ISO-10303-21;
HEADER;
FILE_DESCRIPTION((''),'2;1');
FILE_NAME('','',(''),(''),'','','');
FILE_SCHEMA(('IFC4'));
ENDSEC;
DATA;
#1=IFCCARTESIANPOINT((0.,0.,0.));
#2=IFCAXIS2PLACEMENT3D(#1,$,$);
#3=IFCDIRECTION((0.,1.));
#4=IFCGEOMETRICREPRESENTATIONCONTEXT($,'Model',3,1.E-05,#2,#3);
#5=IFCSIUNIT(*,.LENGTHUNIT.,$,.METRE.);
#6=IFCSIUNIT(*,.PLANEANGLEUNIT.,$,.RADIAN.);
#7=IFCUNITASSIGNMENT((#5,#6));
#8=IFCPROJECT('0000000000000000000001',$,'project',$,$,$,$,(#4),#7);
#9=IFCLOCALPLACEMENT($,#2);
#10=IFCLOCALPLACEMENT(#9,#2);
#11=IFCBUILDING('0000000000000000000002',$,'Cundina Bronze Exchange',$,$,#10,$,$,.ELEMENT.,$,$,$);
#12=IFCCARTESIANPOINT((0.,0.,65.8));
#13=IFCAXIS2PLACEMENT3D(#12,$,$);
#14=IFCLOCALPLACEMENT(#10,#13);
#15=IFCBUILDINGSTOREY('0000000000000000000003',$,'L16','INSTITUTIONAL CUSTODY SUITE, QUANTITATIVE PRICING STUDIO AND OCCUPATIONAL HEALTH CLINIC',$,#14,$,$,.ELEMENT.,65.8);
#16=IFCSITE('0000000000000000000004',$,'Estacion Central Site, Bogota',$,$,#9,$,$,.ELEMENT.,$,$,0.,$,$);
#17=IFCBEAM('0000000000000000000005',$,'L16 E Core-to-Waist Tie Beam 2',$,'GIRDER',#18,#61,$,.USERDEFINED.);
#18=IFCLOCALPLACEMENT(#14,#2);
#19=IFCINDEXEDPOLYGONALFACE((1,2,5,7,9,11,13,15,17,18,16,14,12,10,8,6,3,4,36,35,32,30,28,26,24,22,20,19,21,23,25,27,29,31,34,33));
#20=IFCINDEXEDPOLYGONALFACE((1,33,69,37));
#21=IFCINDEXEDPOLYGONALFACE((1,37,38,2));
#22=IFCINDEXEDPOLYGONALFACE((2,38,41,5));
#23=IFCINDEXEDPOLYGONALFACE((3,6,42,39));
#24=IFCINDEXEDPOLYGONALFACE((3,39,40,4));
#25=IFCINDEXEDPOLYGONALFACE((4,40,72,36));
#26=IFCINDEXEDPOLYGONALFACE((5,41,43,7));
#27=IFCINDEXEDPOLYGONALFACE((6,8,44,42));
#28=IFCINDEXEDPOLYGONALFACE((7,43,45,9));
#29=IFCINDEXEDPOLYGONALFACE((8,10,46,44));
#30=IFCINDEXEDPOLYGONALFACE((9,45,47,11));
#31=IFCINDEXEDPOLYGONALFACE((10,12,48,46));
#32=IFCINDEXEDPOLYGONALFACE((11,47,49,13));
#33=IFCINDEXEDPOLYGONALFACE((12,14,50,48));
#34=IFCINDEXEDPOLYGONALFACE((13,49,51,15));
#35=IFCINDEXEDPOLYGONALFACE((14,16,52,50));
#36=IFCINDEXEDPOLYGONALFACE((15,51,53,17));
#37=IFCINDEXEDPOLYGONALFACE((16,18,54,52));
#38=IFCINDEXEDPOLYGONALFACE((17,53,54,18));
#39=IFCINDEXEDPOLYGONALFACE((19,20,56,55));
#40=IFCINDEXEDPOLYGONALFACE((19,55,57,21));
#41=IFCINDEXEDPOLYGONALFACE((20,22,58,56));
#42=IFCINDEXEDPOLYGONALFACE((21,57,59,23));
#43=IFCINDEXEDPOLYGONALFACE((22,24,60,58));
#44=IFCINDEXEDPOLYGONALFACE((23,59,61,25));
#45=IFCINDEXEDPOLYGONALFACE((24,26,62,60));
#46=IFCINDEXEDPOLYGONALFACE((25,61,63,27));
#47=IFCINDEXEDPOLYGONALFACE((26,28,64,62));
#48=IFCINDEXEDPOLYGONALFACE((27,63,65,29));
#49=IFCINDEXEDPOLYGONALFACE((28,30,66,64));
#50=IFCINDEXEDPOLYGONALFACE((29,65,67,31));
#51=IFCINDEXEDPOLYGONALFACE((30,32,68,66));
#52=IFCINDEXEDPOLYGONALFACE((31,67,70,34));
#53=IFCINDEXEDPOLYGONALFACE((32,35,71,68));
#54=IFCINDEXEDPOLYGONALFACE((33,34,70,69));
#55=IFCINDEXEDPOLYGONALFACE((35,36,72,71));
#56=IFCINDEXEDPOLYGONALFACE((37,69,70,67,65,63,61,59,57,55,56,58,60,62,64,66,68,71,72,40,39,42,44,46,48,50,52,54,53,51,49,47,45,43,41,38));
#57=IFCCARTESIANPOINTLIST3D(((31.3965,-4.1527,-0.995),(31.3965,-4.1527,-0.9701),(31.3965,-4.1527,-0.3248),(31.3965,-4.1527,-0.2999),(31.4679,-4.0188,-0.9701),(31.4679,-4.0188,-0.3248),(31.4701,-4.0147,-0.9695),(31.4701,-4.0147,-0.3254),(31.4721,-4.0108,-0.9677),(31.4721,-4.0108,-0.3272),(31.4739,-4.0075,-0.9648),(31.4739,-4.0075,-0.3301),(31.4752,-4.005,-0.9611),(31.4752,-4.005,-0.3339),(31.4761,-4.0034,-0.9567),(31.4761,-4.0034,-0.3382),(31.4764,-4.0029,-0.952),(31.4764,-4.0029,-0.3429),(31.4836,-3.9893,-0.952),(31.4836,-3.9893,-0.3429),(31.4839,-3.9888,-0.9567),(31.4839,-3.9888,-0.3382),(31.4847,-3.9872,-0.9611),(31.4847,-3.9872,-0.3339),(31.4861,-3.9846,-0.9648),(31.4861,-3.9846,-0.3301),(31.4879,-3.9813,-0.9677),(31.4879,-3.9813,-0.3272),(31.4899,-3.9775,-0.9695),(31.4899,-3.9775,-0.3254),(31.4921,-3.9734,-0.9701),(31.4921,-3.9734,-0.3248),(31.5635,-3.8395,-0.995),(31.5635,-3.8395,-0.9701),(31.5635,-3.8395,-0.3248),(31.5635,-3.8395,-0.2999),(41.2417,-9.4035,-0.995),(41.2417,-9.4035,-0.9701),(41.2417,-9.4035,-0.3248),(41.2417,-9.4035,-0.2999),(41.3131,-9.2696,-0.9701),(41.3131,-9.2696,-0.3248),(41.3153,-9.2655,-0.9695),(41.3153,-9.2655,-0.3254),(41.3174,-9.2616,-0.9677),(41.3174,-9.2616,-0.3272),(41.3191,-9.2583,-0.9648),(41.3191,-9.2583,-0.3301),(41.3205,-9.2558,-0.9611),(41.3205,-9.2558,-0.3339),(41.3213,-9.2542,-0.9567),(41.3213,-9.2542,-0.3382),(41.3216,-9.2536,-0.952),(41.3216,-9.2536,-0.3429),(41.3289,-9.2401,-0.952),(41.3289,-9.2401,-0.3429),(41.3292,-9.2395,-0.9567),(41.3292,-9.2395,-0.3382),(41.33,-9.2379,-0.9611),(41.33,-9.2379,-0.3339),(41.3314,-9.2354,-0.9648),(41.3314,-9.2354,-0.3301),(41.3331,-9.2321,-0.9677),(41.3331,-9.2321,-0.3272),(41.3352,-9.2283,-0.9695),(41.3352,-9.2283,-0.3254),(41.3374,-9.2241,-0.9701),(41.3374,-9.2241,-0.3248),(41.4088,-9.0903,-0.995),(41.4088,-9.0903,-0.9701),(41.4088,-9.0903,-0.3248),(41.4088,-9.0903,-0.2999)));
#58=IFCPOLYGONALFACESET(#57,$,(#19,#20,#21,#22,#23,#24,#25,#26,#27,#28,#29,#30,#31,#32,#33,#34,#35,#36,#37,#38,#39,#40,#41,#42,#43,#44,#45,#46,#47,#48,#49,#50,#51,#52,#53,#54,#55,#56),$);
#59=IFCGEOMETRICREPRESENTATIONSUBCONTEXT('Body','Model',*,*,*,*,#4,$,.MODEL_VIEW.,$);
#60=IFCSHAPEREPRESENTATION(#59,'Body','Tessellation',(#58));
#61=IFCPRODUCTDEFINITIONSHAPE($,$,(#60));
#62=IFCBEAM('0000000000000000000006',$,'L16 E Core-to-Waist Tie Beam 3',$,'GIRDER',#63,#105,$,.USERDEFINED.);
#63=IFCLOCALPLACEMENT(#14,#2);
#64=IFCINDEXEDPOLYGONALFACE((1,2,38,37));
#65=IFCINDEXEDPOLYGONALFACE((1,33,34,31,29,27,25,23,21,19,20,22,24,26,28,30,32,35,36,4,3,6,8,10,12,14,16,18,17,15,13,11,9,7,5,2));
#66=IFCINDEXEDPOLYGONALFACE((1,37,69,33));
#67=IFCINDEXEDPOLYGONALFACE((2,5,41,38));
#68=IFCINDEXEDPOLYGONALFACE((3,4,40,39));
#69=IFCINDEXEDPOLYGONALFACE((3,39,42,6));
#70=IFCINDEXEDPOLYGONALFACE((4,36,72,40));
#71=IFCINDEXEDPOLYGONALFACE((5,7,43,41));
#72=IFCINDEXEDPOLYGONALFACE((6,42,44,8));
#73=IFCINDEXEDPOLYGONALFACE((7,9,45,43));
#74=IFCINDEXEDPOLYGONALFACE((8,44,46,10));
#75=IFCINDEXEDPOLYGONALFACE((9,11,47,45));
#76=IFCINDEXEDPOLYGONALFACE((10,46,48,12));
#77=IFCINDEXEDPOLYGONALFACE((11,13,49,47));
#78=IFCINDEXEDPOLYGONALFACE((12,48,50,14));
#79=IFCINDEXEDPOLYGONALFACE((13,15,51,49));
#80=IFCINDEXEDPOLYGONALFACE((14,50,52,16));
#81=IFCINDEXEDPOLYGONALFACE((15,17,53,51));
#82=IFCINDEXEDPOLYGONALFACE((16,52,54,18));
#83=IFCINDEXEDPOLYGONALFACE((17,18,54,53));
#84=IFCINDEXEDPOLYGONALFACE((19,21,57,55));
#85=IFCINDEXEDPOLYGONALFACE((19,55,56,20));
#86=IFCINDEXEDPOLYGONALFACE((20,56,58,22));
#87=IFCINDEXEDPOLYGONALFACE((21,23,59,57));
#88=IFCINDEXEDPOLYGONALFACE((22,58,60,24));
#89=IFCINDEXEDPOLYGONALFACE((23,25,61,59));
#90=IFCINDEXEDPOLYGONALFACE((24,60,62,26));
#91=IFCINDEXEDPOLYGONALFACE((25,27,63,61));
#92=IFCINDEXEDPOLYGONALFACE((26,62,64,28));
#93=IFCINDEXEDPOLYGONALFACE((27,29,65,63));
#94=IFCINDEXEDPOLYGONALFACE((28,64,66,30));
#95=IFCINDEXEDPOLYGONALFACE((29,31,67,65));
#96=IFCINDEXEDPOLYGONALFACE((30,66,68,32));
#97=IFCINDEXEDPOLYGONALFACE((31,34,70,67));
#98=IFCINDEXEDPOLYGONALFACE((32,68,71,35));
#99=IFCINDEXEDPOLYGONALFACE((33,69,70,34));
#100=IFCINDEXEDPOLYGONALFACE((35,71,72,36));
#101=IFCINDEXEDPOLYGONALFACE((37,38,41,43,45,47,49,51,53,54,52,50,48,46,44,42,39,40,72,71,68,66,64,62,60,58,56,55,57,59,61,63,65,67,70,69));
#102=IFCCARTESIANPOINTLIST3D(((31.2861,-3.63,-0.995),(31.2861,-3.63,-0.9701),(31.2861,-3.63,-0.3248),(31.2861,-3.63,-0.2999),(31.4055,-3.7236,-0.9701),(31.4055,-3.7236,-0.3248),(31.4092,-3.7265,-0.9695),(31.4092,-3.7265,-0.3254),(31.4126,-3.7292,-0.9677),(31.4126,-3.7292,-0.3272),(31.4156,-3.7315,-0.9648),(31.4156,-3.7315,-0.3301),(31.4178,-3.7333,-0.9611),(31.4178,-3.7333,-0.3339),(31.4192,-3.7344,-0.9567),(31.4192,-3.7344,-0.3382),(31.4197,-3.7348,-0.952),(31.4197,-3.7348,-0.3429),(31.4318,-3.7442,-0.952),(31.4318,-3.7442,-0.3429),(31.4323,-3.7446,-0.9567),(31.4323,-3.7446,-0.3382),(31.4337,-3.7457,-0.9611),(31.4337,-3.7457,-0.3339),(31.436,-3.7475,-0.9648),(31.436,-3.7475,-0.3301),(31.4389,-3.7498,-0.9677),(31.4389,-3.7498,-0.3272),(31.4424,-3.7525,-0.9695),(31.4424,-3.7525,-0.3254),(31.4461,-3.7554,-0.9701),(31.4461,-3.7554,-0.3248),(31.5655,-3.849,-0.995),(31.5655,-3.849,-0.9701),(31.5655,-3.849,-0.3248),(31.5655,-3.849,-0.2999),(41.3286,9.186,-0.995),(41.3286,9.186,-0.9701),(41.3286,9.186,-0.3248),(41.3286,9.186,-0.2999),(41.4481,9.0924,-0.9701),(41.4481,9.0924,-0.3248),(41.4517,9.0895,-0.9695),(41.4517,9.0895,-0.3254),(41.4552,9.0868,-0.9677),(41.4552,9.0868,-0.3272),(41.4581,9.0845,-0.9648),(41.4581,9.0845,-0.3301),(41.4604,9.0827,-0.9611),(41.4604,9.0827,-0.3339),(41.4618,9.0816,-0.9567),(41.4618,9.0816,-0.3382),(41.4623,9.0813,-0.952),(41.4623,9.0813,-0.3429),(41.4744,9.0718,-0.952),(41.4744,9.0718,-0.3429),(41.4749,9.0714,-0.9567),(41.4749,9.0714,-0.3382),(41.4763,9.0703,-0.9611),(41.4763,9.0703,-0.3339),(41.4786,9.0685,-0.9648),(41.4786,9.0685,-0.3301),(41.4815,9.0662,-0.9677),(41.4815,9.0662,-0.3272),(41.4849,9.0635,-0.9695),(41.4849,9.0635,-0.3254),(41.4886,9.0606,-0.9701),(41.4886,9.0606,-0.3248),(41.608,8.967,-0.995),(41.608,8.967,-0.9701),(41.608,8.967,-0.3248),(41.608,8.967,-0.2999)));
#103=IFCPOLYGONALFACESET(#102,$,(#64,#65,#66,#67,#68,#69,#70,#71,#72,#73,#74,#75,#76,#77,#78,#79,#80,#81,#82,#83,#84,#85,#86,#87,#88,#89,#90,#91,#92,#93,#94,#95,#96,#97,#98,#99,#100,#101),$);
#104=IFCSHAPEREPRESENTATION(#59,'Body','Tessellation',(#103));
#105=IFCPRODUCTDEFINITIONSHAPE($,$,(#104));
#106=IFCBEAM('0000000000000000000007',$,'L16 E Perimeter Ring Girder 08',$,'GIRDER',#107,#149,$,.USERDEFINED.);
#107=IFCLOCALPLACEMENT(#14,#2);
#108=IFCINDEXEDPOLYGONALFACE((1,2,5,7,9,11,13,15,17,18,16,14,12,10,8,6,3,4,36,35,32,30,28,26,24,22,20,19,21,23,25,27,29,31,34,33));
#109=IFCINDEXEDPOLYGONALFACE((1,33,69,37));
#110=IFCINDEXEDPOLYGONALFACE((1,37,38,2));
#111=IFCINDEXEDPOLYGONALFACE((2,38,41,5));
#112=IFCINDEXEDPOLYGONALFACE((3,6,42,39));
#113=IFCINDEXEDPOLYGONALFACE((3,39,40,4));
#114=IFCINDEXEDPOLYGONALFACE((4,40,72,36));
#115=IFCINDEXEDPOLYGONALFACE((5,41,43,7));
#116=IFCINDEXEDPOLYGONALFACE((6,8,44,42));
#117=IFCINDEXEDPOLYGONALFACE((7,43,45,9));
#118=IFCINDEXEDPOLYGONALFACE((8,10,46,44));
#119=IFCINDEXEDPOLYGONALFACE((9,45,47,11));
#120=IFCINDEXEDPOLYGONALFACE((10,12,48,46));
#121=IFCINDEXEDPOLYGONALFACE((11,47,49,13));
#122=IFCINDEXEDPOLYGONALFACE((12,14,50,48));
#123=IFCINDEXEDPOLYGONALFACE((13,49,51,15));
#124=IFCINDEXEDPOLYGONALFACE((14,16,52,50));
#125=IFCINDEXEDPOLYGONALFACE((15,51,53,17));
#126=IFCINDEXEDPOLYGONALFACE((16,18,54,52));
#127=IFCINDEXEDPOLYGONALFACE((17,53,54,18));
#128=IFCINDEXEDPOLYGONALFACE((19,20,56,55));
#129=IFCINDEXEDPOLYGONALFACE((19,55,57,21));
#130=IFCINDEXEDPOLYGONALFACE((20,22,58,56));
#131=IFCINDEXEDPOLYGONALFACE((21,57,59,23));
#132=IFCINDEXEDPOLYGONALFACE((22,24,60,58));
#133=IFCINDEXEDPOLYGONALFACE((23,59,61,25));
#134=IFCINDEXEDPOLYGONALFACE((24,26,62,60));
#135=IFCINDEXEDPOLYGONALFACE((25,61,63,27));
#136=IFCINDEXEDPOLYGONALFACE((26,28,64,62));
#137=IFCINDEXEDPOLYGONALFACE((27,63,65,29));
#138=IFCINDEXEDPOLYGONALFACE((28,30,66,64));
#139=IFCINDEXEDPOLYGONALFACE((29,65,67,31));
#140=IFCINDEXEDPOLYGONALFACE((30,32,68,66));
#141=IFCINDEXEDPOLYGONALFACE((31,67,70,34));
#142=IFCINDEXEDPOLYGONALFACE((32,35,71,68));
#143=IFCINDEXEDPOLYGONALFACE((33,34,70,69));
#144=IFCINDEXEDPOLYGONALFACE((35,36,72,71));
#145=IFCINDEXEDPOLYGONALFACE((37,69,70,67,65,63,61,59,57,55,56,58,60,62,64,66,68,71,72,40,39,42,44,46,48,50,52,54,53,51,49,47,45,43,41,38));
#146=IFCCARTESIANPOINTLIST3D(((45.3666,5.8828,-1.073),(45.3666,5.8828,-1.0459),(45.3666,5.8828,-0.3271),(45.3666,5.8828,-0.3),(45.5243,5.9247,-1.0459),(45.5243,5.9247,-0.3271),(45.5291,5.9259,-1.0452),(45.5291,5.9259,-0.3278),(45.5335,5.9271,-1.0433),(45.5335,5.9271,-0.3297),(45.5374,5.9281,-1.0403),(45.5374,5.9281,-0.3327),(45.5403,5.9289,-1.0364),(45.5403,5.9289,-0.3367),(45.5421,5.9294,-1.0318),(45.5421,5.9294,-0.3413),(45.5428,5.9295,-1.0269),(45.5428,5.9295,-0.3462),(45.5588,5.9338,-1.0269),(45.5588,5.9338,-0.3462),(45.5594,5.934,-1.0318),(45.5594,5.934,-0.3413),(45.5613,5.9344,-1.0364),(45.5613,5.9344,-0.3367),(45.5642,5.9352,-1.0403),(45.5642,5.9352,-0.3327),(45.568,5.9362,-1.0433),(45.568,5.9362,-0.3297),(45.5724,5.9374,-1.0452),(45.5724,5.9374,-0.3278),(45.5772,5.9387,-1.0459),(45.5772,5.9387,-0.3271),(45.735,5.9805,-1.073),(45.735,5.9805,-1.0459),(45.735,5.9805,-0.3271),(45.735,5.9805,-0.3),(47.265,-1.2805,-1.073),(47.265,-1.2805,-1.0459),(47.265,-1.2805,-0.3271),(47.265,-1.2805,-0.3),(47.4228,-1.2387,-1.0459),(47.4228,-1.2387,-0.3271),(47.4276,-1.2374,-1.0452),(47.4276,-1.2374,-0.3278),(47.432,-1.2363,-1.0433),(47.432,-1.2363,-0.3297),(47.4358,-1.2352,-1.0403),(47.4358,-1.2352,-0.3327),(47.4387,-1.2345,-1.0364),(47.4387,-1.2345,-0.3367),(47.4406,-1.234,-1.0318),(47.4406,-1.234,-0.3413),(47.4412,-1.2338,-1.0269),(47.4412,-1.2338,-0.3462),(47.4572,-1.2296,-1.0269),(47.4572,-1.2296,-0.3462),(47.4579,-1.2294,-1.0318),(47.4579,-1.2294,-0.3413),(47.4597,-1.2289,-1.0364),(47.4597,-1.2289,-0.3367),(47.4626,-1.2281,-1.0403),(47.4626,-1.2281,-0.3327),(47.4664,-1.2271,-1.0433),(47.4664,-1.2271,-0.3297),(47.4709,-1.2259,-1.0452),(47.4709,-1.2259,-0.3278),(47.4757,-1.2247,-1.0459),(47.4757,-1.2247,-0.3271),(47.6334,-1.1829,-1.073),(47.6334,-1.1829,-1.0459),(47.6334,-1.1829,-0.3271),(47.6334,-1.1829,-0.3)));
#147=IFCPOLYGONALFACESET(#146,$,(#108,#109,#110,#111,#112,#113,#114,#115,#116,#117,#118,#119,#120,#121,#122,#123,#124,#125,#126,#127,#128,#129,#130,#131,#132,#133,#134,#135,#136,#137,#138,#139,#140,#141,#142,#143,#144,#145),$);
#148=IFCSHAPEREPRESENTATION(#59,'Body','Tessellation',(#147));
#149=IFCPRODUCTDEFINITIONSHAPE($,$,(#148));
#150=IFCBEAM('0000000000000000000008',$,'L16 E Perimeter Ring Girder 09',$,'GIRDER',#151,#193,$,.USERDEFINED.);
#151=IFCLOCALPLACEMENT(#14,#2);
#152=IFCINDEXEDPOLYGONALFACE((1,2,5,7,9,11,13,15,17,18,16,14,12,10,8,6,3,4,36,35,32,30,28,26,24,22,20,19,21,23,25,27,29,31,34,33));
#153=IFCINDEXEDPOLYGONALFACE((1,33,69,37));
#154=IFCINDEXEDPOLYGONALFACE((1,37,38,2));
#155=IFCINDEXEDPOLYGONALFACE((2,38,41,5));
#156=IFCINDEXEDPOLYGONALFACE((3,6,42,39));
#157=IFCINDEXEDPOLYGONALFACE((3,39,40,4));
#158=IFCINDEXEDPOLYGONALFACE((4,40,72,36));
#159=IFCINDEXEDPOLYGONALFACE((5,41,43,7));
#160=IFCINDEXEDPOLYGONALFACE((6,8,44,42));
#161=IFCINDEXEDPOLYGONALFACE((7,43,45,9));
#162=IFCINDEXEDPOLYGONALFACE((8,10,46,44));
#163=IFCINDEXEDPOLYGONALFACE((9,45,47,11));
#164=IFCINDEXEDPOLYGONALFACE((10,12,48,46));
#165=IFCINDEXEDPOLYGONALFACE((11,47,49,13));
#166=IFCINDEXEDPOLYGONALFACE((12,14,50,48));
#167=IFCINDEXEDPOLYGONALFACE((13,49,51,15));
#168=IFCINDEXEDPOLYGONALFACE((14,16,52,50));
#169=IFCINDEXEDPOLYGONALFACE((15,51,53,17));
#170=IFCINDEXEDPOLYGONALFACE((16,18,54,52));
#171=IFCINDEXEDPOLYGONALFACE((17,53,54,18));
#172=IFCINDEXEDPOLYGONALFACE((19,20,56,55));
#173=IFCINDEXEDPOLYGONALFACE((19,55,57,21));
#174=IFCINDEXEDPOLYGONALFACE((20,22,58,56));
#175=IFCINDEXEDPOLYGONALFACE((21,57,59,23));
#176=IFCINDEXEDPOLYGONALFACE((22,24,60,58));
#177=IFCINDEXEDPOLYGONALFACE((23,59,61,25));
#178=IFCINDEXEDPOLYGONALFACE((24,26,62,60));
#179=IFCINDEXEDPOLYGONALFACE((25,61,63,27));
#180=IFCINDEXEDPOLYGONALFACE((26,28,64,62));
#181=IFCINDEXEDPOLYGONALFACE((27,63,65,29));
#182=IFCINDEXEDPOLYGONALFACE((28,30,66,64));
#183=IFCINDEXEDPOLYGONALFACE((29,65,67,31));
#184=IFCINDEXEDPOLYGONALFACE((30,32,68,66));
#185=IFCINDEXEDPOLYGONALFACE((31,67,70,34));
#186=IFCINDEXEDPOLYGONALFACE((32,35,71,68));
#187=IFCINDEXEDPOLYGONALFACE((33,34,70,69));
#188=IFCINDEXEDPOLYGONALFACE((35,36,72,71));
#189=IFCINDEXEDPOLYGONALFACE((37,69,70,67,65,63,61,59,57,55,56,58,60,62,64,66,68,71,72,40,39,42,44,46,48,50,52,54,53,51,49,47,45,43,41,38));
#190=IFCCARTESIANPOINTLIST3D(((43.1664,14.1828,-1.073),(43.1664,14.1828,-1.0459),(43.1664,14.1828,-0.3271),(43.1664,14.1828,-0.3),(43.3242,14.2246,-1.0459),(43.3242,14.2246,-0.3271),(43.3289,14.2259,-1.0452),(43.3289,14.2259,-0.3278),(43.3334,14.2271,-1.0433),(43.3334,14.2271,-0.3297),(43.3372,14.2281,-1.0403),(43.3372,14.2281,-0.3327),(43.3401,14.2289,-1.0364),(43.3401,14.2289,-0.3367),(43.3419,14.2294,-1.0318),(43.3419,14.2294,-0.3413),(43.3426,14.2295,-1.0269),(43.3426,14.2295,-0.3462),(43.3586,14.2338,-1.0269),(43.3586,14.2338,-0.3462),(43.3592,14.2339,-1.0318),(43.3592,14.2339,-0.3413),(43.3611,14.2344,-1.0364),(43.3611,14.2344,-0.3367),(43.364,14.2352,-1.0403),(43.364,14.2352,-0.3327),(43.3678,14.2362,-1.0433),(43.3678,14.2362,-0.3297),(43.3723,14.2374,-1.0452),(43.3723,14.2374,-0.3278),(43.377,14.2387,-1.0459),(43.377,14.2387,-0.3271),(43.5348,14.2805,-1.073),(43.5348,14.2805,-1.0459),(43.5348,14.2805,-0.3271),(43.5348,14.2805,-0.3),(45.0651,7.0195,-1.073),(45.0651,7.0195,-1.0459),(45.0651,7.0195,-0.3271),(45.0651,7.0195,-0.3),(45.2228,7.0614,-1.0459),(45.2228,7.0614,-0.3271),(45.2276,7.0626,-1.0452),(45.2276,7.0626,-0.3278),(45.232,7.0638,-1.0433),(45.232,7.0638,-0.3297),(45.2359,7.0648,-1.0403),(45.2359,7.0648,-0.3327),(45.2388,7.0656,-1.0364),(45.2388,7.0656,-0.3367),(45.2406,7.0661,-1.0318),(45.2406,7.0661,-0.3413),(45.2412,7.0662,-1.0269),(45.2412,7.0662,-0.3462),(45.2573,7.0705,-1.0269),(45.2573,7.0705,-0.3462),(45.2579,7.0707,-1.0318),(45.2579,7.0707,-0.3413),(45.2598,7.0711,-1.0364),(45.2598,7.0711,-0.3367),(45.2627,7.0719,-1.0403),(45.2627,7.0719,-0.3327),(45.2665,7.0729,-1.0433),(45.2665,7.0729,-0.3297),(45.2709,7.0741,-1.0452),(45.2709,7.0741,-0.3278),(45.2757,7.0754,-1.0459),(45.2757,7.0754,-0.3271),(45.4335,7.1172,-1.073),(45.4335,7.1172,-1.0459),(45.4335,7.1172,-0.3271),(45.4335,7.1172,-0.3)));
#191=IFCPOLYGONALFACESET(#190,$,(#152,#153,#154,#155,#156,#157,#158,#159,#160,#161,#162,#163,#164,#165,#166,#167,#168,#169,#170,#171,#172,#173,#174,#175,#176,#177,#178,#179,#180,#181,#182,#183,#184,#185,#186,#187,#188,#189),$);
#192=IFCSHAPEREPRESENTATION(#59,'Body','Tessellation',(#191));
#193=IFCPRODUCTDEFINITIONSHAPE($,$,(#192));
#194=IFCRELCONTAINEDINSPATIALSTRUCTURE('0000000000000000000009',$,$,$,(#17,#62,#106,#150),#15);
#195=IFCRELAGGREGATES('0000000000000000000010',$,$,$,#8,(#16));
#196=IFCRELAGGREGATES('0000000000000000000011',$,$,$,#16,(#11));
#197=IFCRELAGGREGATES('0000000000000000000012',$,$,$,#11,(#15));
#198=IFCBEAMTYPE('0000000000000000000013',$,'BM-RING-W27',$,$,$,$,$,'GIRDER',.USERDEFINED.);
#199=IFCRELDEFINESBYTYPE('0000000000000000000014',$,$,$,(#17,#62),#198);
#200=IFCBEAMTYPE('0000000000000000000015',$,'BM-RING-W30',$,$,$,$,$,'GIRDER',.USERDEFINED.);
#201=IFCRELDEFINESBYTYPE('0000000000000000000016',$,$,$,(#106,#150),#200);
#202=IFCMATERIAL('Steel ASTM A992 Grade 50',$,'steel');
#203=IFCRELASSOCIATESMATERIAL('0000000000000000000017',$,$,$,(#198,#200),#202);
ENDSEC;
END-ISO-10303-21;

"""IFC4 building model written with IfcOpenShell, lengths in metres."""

from ifc_helpers import new_model, si_unit, direction, frame, origin, origin_2d, place, context, subcontext, project, spatial, i_section, extrude, material, material_profile, profile_set, type_object, element, save


model = new_model("IFC4")

# Units and contexts
model_context = context("Model", 3, precision=1e-05, world=origin(), true_north=direction((0.0, 1.0)))
body_context = subcontext(model_context, "Body", "Model", "MODEL_VIEW")
ifc_project = project(units=[si_unit("LENGTHUNIT", "METRE"), si_unit("PLANEANGLEUNIT", "RADIAN")], contexts=[model_context])

# Site, building, storey
site_placement = place(None, origin())
site = spatial("IfcSite", under=ifc_project, at=site_placement, Name="Estacion Central Site, Bogota", CompositionType="ELEMENT", RefElevation=0.0)
building_placement = place(site_placement, origin())
building = spatial("IfcBuilding", under=site, at=building_placement, Name="Cundina Bronze Exchange", CompositionType="ELEMENT")
storey_placement = place(building_placement, frame((0.0, 0.0, 65.8)))
storey = spatial("IfcBuildingStorey", under=building, at=storey_placement, Name="L16", Description="INSTITUTIONAL CUSTODY SUITE, QUANTITATIVE PRICING STUDIO AND OCCUPATIONAL HEALTH CLINIC", CompositionType="ELEMENT", Elevation=65.8)

# Shared definitions
ifc_material_1 = material(Name="Steel ASTM A992 Grade 50", Category="steel")

# Beams
ifc_material_profile_1 = material_profile(ifc_material_1, i_section(OverallWidth=0.355, OverallDepth=0.6951, WebThickness=0.0154, FlangeThickness=0.0249, FilletRadius=0.0181, at=origin_2d()), Name="W27X146", Category="steel")
ifc_profile_set_1 = profile_set([ifc_material_profile_1], Name="Steel ASTM A992 Grade 50")
beam_type_1 = type_object("IfcBeamType", Name="BM-RING-W27", ElementType="GIRDER", PredefinedType="USERDEFINED", material=ifc_profile_set_1)
beam_1_placement = place(storey_placement, frame((31.48, -3.9961, -0.6475), z_axis=(0.882355, -0.470585, 0.0), x_axis=(0.470585, 0.882355, 0.0)))
element("IfcBeam", 1, at=beam_1_placement, inside=storey, type_object=beam_type_1, Name="L16 E Core-to-Waist Tie Beam 2", ObjectType="GIRDER", PredefinedType="USERDEFINED", context=body_context, shape_type="SweptSolid", body=[
    extrude(i_section(OverallWidth=0.355, OverallDepth=0.6951, WebThickness=0.0154, FlangeThickness=0.0249, FilletRadius=0.0181, at=origin_2d()), origin(), (0.0, 0.0, 1.0), 11.158),
])
beam_2_placement = place(storey_placement, frame((31.4258, -3.7395, -0.6475), z_axis=(0.616789, 0.787128, 0.0), x_axis=(-0.787128, 0.616789, 0.0)))
element("IfcBeam", 2, at=beam_2_placement, inside=storey, type_object=beam_type_1, Name="L16 E Core-to-Waist Tie Beam 3", ObjectType="GIRDER", PredefinedType="USERDEFINED", context=body_context, shape_type="SweptSolid", body=[
    extrude(i_section(OverallWidth=0.355, OverallDepth=0.6951, WebThickness=0.0154, FlangeThickness=0.0249, FilletRadius=0.0181, at=origin_2d()), origin(), (0.0, 0.0, 1.0), 16.282),
])
ifc_material_profile_2 = material_profile(ifc_material_1, i_section(OverallWidth=0.3811, OverallDepth=0.7729, WebThickness=0.0166, FlangeThickness=0.0271, FilletRadius=0.019, at=origin_2d()), Name="W30X173", Category="steel")
ifc_profile_set_2 = profile_set([ifc_material_profile_2], Name="Steel ASTM A992 Grade 50")
beam_type_2 = type_object("IfcBeamType", Name="BM-RING-W30", ElementType="GIRDER", PredefinedType="USERDEFINED", material=ifc_profile_set_2)
for number, where, z_axis, x_axis, name in (
    (3, (47.4492, -1.2317, -0.6865), (-0.256178, 0.96663, 0.0), (-0.96663, -0.256178, 0.0), "L16 E Perimeter Ring Girder 08"),
    (4, (45.2493, 7.0684, -0.6865), (-0.256209, 0.966622, 0.0), (-0.966622, -0.256209, 0.0), "L16 E Perimeter Ring Girder 09"),
):
    element("IfcBeam", number, at=place(storey_placement, frame(where, z_axis=z_axis, x_axis=x_axis)), inside=storey, type_object=beam_type_2, Name=name, ObjectType="GIRDER", PredefinedType="USERDEFINED", context=body_context, shape_type="SweptSolid", body=[
        extrude(i_section(OverallWidth=0.3811, OverallDepth=0.7729, WebThickness=0.0166, FlangeThickness=0.0271, FilletRadius=0.019, at=origin_2d()), origin(), (0.0, 0.0, 1.0), 7.4106),
    ])

save(model, "model.ifc")
